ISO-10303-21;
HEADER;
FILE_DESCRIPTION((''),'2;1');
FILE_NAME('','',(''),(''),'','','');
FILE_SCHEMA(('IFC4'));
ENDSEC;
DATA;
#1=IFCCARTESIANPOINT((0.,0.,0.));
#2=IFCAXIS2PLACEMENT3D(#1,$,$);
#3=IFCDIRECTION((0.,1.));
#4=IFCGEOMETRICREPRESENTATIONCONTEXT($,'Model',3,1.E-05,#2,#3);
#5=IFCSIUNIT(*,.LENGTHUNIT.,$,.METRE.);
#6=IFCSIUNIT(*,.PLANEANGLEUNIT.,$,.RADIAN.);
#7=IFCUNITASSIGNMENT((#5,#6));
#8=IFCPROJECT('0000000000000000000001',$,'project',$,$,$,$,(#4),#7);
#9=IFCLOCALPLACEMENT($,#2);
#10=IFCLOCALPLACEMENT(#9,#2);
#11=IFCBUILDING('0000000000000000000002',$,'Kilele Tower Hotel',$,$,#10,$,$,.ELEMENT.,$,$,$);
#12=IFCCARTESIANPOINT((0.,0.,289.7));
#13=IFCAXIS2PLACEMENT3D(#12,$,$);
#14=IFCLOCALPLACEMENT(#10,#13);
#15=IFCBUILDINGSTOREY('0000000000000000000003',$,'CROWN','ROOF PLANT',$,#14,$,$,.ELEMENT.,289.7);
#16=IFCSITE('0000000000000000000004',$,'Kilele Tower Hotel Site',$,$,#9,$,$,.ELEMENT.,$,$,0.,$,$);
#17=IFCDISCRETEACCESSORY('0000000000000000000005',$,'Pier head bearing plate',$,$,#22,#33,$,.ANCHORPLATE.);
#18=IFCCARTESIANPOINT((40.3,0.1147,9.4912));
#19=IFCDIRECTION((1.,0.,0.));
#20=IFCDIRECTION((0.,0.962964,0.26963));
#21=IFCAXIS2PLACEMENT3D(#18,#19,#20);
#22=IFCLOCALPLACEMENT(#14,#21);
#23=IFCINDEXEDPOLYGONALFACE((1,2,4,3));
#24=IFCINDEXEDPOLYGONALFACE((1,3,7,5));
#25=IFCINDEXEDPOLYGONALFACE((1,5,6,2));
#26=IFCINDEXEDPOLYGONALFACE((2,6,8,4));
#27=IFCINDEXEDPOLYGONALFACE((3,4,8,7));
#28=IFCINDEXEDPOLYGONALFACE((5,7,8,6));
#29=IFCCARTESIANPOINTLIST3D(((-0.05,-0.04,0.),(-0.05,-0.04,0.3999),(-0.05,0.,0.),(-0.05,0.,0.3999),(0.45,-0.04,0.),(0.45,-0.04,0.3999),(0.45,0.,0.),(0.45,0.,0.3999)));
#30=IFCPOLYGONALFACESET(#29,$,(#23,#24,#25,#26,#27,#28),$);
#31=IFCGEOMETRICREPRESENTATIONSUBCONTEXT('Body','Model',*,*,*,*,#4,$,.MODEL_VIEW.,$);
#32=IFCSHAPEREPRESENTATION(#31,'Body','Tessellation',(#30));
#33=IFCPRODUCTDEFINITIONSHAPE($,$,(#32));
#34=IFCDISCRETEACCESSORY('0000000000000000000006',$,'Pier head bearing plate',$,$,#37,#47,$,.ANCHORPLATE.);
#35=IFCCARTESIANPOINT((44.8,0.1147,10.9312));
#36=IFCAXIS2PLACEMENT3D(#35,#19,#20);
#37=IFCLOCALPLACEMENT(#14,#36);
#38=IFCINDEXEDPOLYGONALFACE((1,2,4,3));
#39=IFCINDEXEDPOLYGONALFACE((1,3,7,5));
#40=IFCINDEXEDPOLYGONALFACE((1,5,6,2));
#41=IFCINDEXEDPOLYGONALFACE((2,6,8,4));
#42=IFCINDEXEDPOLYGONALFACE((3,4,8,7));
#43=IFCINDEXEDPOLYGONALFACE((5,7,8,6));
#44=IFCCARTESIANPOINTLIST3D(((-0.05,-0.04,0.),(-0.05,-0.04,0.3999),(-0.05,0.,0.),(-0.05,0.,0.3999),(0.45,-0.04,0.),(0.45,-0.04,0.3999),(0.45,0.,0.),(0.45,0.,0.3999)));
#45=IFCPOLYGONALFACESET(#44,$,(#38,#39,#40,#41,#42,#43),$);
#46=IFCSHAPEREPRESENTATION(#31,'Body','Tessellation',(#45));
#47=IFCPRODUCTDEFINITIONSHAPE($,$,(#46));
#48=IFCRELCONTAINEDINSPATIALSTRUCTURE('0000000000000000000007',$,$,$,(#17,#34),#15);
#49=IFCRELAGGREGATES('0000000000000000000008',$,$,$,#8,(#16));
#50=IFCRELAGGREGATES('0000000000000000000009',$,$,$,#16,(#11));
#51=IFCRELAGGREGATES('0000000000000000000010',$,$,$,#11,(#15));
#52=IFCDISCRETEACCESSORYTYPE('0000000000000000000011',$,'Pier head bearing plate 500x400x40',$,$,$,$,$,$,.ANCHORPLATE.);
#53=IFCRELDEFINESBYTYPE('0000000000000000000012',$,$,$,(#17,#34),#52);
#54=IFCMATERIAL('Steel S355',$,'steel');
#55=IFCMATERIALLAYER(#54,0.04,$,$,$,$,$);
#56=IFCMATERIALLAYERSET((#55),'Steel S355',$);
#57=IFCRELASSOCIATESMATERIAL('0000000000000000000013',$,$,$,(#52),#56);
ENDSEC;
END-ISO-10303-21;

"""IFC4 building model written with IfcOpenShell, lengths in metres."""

from ifc_helpers import new_model, si_unit, direction, frame, origin, place, context, subcontext, project, spatial, polyline, outline, extrude, source, transform, mapped, material, layer, layer_set, type_object, element, save


model = new_model("IFC4")

# Units and contexts
model_context = context("Model", 3, precision=1e-05, world=origin(), true_north=direction((0.0, 1.0)))
body_context = subcontext(model_context, "Body", "Model", "MODEL_VIEW")
ifc_project = project(units=[si_unit("LENGTHUNIT", "METRE"), si_unit("PLANEANGLEUNIT", "RADIAN")], contexts=[model_context])

# Site, building, storey
site_placement = place(None, origin())
site = spatial("IfcSite", under=ifc_project, at=site_placement, Name="Kilele Tower Hotel Site", CompositionType="ELEMENT", RefElevation=0.0)
building_placement = place(site_placement, origin())
building = spatial("IfcBuilding", under=site, at=building_placement, Name="Kilele Tower Hotel", CompositionType="ELEMENT")
storey_placement = place(building_placement, frame((0.0, 0.0, 289.7)))
storey = spatial("IfcBuildingStorey", under=building, at=storey_placement, Name="CROWN", Description="ROOF PLANT", CompositionType="ELEMENT", Elevation=289.7)

# Discrete accessories
ifc_material_1 = material(Name="Steel S355", Category="steel")
ifc_layer_1 = layer(ifc_material_1, 0.04)
ifc_layer_set_1 = layer_set([ifc_layer_1], Name="Steel S355")
discrete_accessory_type = type_object("IfcDiscreteAccessoryType", Name="Pier head bearing plate 500x400x40", PredefinedType="ANCHORPLATE", material=ifc_layer_set_1)
shared_shape = source(origin(), body_context, "Body", "SweptSolid", [
    extrude(outline(polyline([(-0.05, -0.04), (0.45, -0.04), (0.45, 0.0), (-0.05, 0.0), (-0.05, -0.04)])), origin(), (0.0, 0.0, 1.0), 0.3999),
])
for number, where, z_axis, x_axis, name in (
    (1, (40.3, 0.1147, 9.4912), (1.0, 0.0, 0.0), (0.0, 0.962964, 0.26963), "Pier head bearing plate"),
    (2, (44.8, 0.1147, 10.9312), (1.0, 0.0, 0.0), (0.0, 0.962964, 0.26963), "Pier head bearing plate"),
):
    element("IfcDiscreteAccessory", number, at=place(storey_placement, frame(where, z_axis=z_axis, x_axis=x_axis)), inside=storey, type_object=discrete_accessory_type, Name=name, PredefinedType="ANCHORPLATE", context=body_context, shape_type="MappedRepresentation", body=[
        mapped(shared_shape, transform((0.0, 0.0, 0.0))),
    ])

save(model, "model.ifc")
